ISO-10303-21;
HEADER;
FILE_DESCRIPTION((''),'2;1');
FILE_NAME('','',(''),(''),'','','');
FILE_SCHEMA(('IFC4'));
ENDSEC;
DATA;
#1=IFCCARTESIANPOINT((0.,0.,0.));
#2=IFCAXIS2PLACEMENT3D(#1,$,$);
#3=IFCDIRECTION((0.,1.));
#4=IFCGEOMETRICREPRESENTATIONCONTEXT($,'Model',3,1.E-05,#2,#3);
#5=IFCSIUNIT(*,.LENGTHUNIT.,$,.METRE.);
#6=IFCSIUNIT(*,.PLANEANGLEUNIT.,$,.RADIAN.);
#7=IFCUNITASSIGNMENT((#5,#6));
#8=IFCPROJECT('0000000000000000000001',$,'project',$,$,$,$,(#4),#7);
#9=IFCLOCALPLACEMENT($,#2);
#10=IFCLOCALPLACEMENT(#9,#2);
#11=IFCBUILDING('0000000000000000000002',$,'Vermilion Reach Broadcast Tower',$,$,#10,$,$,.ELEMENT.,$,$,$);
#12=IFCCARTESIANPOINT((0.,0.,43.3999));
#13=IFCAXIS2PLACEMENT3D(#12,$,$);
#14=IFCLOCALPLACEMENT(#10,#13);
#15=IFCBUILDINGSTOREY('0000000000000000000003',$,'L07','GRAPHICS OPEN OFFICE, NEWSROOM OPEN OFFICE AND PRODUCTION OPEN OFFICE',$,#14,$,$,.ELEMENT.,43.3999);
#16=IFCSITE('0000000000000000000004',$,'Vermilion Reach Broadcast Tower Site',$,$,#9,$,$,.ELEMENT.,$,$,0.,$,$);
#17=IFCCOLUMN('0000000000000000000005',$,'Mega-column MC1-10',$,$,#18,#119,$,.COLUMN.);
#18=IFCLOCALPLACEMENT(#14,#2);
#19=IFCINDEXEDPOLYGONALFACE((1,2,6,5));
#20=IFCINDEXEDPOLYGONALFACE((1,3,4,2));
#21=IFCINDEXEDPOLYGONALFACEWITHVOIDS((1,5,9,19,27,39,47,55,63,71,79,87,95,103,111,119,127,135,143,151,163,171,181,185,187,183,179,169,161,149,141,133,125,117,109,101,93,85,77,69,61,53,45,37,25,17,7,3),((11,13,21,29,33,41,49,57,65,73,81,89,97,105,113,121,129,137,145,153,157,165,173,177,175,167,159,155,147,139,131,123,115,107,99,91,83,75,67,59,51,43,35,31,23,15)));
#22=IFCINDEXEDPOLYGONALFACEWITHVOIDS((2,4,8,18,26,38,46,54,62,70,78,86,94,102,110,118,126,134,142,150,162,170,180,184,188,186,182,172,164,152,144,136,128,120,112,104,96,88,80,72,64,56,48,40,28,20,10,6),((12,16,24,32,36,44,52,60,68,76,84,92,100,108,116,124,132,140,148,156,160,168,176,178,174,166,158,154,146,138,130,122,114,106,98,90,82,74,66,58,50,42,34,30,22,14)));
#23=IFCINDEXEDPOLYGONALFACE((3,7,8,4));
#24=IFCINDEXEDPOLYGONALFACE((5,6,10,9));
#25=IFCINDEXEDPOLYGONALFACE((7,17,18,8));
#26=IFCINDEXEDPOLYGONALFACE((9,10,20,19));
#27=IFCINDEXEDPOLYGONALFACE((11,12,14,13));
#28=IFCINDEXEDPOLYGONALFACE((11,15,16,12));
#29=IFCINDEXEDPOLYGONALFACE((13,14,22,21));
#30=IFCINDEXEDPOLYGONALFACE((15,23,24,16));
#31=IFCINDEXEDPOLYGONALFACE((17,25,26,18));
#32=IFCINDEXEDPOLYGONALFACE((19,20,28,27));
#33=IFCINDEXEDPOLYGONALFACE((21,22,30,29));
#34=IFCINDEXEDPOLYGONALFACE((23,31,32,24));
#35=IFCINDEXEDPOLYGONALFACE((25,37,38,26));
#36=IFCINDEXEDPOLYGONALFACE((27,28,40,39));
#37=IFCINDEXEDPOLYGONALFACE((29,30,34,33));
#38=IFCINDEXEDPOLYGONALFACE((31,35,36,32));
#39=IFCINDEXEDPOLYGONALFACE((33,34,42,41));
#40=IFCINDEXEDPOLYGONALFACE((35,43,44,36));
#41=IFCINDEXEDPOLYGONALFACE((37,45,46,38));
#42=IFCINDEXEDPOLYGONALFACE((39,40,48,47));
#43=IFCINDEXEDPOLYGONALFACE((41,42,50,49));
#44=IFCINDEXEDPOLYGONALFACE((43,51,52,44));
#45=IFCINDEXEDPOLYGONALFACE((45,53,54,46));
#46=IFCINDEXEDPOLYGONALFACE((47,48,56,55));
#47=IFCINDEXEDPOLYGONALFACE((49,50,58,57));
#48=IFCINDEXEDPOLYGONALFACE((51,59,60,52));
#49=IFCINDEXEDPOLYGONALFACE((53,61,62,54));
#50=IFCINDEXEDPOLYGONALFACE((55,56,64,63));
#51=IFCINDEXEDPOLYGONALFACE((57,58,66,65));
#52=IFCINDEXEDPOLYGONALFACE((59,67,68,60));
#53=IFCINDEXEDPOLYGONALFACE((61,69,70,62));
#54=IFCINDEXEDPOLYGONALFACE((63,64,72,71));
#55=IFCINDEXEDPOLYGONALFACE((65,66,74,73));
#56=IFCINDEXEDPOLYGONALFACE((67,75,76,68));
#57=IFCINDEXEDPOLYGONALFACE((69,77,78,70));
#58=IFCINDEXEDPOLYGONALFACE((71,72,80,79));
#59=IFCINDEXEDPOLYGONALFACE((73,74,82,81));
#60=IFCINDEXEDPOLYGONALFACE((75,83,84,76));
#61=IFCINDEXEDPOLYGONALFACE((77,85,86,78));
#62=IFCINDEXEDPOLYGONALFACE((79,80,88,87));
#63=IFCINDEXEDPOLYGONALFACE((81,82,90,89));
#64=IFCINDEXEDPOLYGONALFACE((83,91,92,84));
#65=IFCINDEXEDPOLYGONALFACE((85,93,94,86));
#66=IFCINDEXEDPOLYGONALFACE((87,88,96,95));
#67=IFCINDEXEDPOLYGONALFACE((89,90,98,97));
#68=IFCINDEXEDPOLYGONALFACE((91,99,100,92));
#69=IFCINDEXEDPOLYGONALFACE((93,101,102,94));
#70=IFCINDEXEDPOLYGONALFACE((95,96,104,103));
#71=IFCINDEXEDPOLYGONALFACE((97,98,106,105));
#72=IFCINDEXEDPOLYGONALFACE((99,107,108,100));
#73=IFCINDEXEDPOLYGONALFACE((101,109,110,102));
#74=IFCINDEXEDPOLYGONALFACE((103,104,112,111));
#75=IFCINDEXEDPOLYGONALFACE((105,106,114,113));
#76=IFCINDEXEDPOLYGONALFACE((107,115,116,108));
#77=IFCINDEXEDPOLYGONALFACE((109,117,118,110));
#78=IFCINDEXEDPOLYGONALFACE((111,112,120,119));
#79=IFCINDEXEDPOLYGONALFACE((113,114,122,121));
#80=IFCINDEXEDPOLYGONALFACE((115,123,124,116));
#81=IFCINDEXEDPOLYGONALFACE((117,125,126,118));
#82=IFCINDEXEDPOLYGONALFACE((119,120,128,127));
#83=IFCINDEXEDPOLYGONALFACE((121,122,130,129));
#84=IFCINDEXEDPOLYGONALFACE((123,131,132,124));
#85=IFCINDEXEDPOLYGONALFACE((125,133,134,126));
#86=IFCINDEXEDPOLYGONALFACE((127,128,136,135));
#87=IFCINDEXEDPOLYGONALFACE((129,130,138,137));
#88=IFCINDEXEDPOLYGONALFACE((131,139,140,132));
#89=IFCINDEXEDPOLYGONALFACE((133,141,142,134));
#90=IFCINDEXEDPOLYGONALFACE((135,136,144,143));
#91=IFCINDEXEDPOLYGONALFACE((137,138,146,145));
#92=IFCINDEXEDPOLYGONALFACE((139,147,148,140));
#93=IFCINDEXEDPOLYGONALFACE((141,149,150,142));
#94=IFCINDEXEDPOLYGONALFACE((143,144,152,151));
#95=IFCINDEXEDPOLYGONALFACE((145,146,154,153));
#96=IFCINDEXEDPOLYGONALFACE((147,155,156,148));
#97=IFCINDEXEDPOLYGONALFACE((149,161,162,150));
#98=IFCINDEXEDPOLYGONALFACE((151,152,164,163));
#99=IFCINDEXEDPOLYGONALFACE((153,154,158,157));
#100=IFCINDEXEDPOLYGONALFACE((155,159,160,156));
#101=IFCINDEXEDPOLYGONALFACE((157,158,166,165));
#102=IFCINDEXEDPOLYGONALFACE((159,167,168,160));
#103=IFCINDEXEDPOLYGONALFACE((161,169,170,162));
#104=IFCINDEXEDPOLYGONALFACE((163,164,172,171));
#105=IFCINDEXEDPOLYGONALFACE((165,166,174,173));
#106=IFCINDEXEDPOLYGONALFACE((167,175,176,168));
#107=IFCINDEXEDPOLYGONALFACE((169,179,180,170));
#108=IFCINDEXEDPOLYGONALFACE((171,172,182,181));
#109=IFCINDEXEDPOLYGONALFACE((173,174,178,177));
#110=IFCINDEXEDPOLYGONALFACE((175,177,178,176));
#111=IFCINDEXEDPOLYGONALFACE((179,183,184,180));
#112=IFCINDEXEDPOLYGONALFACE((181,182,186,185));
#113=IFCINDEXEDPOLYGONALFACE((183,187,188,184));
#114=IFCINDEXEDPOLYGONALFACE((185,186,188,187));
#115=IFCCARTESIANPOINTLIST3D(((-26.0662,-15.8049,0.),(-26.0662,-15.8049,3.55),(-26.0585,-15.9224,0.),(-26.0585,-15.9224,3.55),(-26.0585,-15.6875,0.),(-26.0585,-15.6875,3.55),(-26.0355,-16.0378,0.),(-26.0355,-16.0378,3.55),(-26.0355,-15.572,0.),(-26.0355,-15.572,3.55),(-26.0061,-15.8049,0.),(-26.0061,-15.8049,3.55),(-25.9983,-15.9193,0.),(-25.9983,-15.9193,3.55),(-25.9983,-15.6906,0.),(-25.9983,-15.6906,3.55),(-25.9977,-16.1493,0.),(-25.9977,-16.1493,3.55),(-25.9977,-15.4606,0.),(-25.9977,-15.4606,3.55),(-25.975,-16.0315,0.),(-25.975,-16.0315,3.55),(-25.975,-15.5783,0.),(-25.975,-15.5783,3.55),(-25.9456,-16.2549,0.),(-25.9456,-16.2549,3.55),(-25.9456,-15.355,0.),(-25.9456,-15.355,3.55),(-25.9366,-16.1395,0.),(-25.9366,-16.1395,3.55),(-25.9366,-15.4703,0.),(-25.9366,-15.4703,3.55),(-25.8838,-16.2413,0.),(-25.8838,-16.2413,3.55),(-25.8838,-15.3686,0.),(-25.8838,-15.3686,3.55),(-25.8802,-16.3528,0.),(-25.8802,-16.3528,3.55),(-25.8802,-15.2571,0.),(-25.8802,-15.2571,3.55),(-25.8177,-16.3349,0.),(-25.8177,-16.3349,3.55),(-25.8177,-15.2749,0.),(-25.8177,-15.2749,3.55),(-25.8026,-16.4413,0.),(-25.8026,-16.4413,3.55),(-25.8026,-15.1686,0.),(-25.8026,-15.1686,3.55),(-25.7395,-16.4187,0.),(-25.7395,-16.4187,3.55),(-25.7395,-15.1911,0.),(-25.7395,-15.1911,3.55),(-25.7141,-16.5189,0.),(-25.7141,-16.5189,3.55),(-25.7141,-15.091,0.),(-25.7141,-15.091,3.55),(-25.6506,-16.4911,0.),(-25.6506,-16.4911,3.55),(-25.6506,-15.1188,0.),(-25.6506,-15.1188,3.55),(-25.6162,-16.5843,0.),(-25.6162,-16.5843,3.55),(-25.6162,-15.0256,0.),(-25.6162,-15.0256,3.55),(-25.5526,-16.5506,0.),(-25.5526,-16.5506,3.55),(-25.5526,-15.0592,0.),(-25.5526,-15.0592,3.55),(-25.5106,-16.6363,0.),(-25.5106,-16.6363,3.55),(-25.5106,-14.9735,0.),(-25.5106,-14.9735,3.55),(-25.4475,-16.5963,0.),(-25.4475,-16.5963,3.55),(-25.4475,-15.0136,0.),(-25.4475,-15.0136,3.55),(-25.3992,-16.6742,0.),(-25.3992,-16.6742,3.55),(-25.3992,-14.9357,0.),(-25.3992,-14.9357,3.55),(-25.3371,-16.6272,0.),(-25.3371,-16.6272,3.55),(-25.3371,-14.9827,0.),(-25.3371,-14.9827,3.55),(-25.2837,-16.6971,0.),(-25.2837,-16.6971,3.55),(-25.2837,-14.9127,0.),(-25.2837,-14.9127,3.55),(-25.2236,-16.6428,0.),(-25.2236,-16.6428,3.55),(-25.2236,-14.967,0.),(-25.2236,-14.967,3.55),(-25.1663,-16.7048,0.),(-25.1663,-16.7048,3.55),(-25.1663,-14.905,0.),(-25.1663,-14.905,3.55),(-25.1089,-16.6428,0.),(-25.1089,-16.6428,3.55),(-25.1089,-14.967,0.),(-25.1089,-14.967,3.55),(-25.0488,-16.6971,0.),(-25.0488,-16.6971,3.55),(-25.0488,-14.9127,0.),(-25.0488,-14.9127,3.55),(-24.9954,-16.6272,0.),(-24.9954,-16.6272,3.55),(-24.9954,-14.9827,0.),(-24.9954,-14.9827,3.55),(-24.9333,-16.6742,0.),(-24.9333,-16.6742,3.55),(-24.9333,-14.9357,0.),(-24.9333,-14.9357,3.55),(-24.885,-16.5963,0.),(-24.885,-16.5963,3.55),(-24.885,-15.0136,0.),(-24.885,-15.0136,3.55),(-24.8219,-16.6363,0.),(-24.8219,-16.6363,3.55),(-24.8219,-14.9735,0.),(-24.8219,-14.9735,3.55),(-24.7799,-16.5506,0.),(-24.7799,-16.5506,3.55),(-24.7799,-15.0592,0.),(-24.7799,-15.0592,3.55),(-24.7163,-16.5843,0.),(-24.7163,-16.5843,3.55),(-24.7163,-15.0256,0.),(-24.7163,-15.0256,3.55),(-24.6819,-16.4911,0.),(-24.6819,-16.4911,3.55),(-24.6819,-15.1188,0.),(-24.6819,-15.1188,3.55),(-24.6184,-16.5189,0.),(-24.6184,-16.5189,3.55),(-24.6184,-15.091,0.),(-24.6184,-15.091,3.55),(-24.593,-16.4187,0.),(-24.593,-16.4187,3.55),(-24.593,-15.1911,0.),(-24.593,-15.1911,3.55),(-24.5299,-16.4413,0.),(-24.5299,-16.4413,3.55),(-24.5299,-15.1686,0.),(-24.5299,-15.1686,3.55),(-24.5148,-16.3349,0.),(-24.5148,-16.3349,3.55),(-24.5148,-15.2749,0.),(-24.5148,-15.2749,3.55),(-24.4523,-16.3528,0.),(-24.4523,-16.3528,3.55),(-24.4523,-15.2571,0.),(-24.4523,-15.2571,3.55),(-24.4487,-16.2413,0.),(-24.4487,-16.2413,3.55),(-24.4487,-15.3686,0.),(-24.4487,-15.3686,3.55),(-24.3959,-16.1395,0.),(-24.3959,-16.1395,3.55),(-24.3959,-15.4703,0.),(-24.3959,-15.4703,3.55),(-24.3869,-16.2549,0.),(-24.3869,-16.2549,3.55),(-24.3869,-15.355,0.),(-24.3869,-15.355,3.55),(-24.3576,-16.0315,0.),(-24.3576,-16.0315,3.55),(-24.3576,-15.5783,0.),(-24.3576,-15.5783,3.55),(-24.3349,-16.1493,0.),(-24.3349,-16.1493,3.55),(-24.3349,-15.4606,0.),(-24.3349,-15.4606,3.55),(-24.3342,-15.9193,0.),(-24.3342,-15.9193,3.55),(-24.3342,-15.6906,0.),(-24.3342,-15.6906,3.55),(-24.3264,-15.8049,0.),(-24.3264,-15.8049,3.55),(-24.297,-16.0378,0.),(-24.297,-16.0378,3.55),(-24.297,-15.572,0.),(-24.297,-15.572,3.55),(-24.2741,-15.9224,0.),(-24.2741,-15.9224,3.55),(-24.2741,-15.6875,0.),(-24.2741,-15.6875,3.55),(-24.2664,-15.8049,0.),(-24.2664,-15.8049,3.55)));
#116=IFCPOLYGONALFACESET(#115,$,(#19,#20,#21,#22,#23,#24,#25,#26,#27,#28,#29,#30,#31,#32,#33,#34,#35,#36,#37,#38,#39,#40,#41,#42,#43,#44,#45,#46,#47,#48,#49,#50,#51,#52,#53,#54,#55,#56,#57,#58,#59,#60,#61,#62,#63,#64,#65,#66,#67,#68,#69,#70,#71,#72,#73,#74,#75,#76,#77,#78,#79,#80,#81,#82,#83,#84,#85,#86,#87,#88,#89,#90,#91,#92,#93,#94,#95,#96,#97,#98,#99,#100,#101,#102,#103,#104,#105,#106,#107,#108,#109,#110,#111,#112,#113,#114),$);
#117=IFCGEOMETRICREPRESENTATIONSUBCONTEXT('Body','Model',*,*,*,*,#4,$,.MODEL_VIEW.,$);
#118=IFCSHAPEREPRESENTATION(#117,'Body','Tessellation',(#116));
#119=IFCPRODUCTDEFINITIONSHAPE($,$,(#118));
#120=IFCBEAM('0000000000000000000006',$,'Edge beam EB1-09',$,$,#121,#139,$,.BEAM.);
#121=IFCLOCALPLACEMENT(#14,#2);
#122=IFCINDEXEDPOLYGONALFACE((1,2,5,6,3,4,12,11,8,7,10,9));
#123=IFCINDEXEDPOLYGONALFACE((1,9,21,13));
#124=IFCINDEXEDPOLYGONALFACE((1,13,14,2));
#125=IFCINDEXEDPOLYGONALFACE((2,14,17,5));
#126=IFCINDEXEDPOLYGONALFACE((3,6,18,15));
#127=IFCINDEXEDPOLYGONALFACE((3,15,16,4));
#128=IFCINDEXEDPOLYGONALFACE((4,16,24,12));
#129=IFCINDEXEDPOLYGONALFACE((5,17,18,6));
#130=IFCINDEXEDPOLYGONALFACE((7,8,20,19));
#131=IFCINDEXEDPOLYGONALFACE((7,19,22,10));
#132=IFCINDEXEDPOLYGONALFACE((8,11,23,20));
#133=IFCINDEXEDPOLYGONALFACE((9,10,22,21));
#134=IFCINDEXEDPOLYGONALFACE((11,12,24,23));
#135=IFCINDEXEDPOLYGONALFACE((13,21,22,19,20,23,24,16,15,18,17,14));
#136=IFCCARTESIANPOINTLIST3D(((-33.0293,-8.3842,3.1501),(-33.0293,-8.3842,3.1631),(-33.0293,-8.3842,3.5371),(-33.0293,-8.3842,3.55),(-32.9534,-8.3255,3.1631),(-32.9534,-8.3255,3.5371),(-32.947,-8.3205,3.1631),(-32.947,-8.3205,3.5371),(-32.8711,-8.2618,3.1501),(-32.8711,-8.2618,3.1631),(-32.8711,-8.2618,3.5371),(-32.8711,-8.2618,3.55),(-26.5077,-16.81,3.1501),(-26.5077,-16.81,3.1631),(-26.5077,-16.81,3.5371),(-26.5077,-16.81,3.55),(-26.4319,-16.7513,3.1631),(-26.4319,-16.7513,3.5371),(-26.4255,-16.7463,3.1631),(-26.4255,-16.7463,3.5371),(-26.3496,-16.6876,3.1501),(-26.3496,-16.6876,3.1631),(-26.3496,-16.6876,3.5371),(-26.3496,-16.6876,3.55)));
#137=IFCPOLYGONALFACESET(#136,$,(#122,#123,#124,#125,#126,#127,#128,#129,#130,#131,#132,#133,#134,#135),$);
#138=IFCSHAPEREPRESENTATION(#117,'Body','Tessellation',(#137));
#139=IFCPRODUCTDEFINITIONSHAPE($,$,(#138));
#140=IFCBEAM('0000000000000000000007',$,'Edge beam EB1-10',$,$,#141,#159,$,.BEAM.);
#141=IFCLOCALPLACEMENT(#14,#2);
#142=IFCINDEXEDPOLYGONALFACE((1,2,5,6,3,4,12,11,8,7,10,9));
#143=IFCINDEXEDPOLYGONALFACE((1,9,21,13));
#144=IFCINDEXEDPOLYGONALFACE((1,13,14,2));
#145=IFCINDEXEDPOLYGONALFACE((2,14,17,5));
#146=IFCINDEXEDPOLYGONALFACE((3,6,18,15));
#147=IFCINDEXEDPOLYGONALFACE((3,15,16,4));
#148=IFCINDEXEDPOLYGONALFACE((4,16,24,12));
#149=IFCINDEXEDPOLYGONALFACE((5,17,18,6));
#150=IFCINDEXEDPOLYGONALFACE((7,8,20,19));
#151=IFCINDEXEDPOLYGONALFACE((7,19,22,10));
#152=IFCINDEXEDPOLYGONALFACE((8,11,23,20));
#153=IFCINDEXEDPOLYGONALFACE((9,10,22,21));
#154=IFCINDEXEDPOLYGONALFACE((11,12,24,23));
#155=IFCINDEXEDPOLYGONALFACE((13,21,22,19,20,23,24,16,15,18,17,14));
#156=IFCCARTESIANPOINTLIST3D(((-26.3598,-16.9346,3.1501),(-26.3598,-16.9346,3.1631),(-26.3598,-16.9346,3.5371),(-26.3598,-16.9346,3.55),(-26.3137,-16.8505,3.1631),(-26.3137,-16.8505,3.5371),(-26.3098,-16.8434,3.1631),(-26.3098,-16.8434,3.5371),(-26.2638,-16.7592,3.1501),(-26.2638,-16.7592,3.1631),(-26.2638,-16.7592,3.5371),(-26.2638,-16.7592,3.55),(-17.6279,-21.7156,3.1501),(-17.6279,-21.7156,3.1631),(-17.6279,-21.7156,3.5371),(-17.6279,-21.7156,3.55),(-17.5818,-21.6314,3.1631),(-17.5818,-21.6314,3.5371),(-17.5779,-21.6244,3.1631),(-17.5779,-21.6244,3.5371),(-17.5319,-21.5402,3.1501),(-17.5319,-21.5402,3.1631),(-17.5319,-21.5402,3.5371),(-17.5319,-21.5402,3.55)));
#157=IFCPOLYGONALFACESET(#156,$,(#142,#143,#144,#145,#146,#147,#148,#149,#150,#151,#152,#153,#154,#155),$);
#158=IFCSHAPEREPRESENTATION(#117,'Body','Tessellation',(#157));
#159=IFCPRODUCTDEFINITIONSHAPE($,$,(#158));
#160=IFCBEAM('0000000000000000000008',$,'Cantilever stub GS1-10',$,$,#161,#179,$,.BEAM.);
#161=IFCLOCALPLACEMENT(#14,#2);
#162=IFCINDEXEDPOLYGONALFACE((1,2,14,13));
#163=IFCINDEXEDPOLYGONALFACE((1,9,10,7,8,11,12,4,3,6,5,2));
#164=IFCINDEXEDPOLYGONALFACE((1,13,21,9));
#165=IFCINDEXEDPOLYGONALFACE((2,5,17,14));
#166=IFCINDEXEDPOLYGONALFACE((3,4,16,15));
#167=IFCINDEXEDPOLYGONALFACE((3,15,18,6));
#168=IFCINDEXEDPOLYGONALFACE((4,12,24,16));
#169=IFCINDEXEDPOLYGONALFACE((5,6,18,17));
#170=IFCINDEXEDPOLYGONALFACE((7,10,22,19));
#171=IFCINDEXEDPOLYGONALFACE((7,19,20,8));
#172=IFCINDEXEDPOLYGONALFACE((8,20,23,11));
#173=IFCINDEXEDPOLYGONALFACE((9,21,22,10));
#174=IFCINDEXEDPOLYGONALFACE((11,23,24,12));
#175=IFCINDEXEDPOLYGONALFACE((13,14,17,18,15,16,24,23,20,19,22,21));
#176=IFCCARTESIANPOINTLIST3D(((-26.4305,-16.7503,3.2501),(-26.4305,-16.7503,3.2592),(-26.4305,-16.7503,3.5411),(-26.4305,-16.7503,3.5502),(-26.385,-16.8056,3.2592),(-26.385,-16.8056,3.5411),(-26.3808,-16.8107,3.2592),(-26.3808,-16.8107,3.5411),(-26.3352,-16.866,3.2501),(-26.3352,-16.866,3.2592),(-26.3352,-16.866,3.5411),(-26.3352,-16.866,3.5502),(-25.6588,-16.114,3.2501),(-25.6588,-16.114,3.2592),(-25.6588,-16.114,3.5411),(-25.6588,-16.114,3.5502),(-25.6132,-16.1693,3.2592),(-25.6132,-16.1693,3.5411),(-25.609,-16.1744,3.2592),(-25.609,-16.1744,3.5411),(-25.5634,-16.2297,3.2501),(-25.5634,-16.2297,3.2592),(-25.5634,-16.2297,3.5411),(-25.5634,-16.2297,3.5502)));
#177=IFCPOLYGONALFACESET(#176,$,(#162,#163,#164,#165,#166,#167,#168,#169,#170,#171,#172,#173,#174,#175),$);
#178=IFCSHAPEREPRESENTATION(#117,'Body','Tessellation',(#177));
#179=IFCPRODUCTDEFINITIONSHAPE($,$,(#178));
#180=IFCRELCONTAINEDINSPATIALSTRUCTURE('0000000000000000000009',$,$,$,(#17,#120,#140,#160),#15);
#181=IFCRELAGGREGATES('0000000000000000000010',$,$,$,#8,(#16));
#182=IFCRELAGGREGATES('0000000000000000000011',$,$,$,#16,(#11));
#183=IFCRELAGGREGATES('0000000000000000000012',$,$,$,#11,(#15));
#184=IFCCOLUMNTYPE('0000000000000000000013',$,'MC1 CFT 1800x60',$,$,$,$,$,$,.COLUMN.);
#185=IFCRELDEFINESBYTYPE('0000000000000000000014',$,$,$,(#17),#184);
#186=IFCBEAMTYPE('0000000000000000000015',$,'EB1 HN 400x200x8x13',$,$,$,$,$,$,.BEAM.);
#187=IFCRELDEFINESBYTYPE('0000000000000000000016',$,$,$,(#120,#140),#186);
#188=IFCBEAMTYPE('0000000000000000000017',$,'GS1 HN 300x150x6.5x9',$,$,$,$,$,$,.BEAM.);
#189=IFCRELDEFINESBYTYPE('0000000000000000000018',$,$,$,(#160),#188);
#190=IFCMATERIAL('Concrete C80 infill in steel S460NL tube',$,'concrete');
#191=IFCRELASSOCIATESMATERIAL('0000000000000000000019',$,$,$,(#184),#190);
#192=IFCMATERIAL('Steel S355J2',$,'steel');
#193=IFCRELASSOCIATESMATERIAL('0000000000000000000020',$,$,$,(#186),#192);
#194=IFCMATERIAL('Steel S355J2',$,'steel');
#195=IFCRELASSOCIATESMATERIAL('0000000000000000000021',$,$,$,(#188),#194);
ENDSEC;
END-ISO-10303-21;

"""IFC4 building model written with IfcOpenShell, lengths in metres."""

from ifc_helpers import new_model, si_unit, direction, frame, origin, origin_2d, place, context, subcontext, project, spatial, hollow_circle, i_section, extrude, material, material_profile, profile_set, type_object, element, save


model = new_model("IFC4")

# Units and contexts
model_context = context("Model", 3, precision=1e-05, world=origin(), true_north=direction((0.0, 1.0)))
body_context = subcontext(model_context, "Body", "Model", "MODEL_VIEW")
ifc_project = project(units=[si_unit("LENGTHUNIT", "METRE"), si_unit("PLANEANGLEUNIT", "RADIAN")], contexts=[model_context])

# Site, building, storey
site_placement = place(None, origin())
site = spatial("IfcSite", under=ifc_project, at=site_placement, Name="Vermilion Reach Broadcast Tower Site", CompositionType="ELEMENT", RefElevation=0.0)
building_placement = place(site_placement, origin())
building = spatial("IfcBuilding", under=site, at=building_placement, Name="Vermilion Reach Broadcast Tower", CompositionType="ELEMENT")
storey_placement = place(building_placement, frame((0.0, 0.0, 43.3999)))
storey = spatial("IfcBuildingStorey", under=building, at=storey_placement, Name="L07", Description="GRAPHICS OPEN OFFICE, NEWSROOM OPEN OFFICE AND PRODUCTION OPEN OFFICE", CompositionType="ELEMENT", Elevation=43.3999)

# Column
ifc_material_1 = material(Name="Concrete C80 infill in steel S460NL tube", Category="concrete")
ifc_material_profile_1 = material_profile(ifc_material_1, hollow_circle(Radius=0.8999, WallThickness=0.0601, at=origin_2d()), Name="Concrete C80 infill in steel S460NL tube CFT 1800x60")
ifc_profile_set_1 = profile_set([ifc_material_profile_1], Name="Concrete C80 infill in steel S460NL tube")
column_type = type_object("IfcColumnType", Name="MC1 CFT 1800x60", PredefinedType="COLUMN", material=ifc_profile_set_1)
column_placement = place(storey_placement, frame((-25.1663, -15.8049, 0.0), z_axis=(0.0, 0.0, 1.0), x_axis=(1.0, 0.0, 0.0)))
element("IfcColumn", 1, at=column_placement, inside=storey, type_object=column_type, Name="Mega-column MC1-10", PredefinedType="COLUMN", context=body_context, shape_type="SweptSolid", body=[
    extrude(hollow_circle(Radius=0.8999, WallThickness=0.0601, at=origin_2d()), origin(), (0.0, 0.0, 1.0), 3.55),
])

# Beams
ifc_material_2 = material(Name="Steel S355J2", Category="steel")
ifc_material_profile_2 = material_profile(ifc_material_2, i_section(OverallWidth=0.2, OverallDepth=0.3999, WebThickness=0.0081, FlangeThickness=0.0129, at=origin_2d()), Name="S355J2 HN 400x200x8x13")
ifc_profile_set_2 = profile_set([ifc_material_profile_2], Name="Steel S355J2")
beam_type_1 = type_object("IfcBeamType", Name="EB1 HN 400x200x8x13", PredefinedType="BEAM", material=ifc_profile_set_2)
beam_1_placement = place(storey_placement, frame((-32.9502, -8.323, 3.3501), z_axis=(0.612073, -0.790801, 0.0), x_axis=(0.790801, 0.612073, 0.0)))
element("IfcBeam", 2, at=beam_1_placement, inside=storey, type_object=beam_type_1, Name="Edge beam EB1-09", PredefinedType="BEAM", context=body_context, shape_type="SweptSolid", body=[
    extrude(i_section(OverallWidth=0.2, OverallDepth=0.3999, WebThickness=0.0081, FlangeThickness=0.0129, at=origin_2d()), origin(), (0.0, 0.0, 1.0), 10.6548),
])
beam_2_placement = place(storey_placement, frame((-26.3118, -16.8469, 3.3501), z_axis=(0.877129, -0.480255, 0.0), x_axis=(0.480255, 0.877129, 0.0)))
element("IfcBeam", 3, at=beam_2_placement, inside=storey, type_object=beam_type_1, Name="Edge beam EB1-10", PredefinedType="BEAM", context=body_context, shape_type="SweptSolid", body=[
    extrude(i_section(OverallWidth=0.2, OverallDepth=0.3999, WebThickness=0.0081, FlangeThickness=0.0129, at=origin_2d()), origin(), (0.0, 0.0, 1.0), 9.9551),
])
ifc_material_3 = material(Name="Steel S355J2", Category="steel")
ifc_material_profile_3 = material_profile(ifc_material_3, i_section(OverallWidth=0.1499, OverallDepth=0.3, WebThickness=0.0066, FlangeThickness=0.009, at=origin_2d()), Name="S355J2 HN 300x150x6.5x9")
ifc_profile_set_3 = profile_set([ifc_material_profile_3], Name="Steel S355J2")
beam_type_2 = type_object("IfcBeamType", Name="GS1 HN 300x150x6.5x9", PredefinedType="BEAM", material=ifc_profile_set_3)
beam_3_placement = place(storey_placement, frame((-25.6111, -16.1719, 3.4001), z_axis=(-0.771592, -0.636118, 0.0), x_axis=(0.636118, -0.771592, 0.0)))
element("IfcBeam", 4, at=beam_3_placement, inside=storey, type_object=beam_type_2, Name="Cantilever stub GS1-10", PredefinedType="BEAM", context=body_context, shape_type="SweptSolid", body=[
    extrude(i_section(OverallWidth=0.1499, OverallDepth=0.3, WebThickness=0.0066, FlangeThickness=0.009, at=origin_2d()), origin(), (0.0, 0.0, 1.0), 1.0002),
])

save(model, "model.ifc")
